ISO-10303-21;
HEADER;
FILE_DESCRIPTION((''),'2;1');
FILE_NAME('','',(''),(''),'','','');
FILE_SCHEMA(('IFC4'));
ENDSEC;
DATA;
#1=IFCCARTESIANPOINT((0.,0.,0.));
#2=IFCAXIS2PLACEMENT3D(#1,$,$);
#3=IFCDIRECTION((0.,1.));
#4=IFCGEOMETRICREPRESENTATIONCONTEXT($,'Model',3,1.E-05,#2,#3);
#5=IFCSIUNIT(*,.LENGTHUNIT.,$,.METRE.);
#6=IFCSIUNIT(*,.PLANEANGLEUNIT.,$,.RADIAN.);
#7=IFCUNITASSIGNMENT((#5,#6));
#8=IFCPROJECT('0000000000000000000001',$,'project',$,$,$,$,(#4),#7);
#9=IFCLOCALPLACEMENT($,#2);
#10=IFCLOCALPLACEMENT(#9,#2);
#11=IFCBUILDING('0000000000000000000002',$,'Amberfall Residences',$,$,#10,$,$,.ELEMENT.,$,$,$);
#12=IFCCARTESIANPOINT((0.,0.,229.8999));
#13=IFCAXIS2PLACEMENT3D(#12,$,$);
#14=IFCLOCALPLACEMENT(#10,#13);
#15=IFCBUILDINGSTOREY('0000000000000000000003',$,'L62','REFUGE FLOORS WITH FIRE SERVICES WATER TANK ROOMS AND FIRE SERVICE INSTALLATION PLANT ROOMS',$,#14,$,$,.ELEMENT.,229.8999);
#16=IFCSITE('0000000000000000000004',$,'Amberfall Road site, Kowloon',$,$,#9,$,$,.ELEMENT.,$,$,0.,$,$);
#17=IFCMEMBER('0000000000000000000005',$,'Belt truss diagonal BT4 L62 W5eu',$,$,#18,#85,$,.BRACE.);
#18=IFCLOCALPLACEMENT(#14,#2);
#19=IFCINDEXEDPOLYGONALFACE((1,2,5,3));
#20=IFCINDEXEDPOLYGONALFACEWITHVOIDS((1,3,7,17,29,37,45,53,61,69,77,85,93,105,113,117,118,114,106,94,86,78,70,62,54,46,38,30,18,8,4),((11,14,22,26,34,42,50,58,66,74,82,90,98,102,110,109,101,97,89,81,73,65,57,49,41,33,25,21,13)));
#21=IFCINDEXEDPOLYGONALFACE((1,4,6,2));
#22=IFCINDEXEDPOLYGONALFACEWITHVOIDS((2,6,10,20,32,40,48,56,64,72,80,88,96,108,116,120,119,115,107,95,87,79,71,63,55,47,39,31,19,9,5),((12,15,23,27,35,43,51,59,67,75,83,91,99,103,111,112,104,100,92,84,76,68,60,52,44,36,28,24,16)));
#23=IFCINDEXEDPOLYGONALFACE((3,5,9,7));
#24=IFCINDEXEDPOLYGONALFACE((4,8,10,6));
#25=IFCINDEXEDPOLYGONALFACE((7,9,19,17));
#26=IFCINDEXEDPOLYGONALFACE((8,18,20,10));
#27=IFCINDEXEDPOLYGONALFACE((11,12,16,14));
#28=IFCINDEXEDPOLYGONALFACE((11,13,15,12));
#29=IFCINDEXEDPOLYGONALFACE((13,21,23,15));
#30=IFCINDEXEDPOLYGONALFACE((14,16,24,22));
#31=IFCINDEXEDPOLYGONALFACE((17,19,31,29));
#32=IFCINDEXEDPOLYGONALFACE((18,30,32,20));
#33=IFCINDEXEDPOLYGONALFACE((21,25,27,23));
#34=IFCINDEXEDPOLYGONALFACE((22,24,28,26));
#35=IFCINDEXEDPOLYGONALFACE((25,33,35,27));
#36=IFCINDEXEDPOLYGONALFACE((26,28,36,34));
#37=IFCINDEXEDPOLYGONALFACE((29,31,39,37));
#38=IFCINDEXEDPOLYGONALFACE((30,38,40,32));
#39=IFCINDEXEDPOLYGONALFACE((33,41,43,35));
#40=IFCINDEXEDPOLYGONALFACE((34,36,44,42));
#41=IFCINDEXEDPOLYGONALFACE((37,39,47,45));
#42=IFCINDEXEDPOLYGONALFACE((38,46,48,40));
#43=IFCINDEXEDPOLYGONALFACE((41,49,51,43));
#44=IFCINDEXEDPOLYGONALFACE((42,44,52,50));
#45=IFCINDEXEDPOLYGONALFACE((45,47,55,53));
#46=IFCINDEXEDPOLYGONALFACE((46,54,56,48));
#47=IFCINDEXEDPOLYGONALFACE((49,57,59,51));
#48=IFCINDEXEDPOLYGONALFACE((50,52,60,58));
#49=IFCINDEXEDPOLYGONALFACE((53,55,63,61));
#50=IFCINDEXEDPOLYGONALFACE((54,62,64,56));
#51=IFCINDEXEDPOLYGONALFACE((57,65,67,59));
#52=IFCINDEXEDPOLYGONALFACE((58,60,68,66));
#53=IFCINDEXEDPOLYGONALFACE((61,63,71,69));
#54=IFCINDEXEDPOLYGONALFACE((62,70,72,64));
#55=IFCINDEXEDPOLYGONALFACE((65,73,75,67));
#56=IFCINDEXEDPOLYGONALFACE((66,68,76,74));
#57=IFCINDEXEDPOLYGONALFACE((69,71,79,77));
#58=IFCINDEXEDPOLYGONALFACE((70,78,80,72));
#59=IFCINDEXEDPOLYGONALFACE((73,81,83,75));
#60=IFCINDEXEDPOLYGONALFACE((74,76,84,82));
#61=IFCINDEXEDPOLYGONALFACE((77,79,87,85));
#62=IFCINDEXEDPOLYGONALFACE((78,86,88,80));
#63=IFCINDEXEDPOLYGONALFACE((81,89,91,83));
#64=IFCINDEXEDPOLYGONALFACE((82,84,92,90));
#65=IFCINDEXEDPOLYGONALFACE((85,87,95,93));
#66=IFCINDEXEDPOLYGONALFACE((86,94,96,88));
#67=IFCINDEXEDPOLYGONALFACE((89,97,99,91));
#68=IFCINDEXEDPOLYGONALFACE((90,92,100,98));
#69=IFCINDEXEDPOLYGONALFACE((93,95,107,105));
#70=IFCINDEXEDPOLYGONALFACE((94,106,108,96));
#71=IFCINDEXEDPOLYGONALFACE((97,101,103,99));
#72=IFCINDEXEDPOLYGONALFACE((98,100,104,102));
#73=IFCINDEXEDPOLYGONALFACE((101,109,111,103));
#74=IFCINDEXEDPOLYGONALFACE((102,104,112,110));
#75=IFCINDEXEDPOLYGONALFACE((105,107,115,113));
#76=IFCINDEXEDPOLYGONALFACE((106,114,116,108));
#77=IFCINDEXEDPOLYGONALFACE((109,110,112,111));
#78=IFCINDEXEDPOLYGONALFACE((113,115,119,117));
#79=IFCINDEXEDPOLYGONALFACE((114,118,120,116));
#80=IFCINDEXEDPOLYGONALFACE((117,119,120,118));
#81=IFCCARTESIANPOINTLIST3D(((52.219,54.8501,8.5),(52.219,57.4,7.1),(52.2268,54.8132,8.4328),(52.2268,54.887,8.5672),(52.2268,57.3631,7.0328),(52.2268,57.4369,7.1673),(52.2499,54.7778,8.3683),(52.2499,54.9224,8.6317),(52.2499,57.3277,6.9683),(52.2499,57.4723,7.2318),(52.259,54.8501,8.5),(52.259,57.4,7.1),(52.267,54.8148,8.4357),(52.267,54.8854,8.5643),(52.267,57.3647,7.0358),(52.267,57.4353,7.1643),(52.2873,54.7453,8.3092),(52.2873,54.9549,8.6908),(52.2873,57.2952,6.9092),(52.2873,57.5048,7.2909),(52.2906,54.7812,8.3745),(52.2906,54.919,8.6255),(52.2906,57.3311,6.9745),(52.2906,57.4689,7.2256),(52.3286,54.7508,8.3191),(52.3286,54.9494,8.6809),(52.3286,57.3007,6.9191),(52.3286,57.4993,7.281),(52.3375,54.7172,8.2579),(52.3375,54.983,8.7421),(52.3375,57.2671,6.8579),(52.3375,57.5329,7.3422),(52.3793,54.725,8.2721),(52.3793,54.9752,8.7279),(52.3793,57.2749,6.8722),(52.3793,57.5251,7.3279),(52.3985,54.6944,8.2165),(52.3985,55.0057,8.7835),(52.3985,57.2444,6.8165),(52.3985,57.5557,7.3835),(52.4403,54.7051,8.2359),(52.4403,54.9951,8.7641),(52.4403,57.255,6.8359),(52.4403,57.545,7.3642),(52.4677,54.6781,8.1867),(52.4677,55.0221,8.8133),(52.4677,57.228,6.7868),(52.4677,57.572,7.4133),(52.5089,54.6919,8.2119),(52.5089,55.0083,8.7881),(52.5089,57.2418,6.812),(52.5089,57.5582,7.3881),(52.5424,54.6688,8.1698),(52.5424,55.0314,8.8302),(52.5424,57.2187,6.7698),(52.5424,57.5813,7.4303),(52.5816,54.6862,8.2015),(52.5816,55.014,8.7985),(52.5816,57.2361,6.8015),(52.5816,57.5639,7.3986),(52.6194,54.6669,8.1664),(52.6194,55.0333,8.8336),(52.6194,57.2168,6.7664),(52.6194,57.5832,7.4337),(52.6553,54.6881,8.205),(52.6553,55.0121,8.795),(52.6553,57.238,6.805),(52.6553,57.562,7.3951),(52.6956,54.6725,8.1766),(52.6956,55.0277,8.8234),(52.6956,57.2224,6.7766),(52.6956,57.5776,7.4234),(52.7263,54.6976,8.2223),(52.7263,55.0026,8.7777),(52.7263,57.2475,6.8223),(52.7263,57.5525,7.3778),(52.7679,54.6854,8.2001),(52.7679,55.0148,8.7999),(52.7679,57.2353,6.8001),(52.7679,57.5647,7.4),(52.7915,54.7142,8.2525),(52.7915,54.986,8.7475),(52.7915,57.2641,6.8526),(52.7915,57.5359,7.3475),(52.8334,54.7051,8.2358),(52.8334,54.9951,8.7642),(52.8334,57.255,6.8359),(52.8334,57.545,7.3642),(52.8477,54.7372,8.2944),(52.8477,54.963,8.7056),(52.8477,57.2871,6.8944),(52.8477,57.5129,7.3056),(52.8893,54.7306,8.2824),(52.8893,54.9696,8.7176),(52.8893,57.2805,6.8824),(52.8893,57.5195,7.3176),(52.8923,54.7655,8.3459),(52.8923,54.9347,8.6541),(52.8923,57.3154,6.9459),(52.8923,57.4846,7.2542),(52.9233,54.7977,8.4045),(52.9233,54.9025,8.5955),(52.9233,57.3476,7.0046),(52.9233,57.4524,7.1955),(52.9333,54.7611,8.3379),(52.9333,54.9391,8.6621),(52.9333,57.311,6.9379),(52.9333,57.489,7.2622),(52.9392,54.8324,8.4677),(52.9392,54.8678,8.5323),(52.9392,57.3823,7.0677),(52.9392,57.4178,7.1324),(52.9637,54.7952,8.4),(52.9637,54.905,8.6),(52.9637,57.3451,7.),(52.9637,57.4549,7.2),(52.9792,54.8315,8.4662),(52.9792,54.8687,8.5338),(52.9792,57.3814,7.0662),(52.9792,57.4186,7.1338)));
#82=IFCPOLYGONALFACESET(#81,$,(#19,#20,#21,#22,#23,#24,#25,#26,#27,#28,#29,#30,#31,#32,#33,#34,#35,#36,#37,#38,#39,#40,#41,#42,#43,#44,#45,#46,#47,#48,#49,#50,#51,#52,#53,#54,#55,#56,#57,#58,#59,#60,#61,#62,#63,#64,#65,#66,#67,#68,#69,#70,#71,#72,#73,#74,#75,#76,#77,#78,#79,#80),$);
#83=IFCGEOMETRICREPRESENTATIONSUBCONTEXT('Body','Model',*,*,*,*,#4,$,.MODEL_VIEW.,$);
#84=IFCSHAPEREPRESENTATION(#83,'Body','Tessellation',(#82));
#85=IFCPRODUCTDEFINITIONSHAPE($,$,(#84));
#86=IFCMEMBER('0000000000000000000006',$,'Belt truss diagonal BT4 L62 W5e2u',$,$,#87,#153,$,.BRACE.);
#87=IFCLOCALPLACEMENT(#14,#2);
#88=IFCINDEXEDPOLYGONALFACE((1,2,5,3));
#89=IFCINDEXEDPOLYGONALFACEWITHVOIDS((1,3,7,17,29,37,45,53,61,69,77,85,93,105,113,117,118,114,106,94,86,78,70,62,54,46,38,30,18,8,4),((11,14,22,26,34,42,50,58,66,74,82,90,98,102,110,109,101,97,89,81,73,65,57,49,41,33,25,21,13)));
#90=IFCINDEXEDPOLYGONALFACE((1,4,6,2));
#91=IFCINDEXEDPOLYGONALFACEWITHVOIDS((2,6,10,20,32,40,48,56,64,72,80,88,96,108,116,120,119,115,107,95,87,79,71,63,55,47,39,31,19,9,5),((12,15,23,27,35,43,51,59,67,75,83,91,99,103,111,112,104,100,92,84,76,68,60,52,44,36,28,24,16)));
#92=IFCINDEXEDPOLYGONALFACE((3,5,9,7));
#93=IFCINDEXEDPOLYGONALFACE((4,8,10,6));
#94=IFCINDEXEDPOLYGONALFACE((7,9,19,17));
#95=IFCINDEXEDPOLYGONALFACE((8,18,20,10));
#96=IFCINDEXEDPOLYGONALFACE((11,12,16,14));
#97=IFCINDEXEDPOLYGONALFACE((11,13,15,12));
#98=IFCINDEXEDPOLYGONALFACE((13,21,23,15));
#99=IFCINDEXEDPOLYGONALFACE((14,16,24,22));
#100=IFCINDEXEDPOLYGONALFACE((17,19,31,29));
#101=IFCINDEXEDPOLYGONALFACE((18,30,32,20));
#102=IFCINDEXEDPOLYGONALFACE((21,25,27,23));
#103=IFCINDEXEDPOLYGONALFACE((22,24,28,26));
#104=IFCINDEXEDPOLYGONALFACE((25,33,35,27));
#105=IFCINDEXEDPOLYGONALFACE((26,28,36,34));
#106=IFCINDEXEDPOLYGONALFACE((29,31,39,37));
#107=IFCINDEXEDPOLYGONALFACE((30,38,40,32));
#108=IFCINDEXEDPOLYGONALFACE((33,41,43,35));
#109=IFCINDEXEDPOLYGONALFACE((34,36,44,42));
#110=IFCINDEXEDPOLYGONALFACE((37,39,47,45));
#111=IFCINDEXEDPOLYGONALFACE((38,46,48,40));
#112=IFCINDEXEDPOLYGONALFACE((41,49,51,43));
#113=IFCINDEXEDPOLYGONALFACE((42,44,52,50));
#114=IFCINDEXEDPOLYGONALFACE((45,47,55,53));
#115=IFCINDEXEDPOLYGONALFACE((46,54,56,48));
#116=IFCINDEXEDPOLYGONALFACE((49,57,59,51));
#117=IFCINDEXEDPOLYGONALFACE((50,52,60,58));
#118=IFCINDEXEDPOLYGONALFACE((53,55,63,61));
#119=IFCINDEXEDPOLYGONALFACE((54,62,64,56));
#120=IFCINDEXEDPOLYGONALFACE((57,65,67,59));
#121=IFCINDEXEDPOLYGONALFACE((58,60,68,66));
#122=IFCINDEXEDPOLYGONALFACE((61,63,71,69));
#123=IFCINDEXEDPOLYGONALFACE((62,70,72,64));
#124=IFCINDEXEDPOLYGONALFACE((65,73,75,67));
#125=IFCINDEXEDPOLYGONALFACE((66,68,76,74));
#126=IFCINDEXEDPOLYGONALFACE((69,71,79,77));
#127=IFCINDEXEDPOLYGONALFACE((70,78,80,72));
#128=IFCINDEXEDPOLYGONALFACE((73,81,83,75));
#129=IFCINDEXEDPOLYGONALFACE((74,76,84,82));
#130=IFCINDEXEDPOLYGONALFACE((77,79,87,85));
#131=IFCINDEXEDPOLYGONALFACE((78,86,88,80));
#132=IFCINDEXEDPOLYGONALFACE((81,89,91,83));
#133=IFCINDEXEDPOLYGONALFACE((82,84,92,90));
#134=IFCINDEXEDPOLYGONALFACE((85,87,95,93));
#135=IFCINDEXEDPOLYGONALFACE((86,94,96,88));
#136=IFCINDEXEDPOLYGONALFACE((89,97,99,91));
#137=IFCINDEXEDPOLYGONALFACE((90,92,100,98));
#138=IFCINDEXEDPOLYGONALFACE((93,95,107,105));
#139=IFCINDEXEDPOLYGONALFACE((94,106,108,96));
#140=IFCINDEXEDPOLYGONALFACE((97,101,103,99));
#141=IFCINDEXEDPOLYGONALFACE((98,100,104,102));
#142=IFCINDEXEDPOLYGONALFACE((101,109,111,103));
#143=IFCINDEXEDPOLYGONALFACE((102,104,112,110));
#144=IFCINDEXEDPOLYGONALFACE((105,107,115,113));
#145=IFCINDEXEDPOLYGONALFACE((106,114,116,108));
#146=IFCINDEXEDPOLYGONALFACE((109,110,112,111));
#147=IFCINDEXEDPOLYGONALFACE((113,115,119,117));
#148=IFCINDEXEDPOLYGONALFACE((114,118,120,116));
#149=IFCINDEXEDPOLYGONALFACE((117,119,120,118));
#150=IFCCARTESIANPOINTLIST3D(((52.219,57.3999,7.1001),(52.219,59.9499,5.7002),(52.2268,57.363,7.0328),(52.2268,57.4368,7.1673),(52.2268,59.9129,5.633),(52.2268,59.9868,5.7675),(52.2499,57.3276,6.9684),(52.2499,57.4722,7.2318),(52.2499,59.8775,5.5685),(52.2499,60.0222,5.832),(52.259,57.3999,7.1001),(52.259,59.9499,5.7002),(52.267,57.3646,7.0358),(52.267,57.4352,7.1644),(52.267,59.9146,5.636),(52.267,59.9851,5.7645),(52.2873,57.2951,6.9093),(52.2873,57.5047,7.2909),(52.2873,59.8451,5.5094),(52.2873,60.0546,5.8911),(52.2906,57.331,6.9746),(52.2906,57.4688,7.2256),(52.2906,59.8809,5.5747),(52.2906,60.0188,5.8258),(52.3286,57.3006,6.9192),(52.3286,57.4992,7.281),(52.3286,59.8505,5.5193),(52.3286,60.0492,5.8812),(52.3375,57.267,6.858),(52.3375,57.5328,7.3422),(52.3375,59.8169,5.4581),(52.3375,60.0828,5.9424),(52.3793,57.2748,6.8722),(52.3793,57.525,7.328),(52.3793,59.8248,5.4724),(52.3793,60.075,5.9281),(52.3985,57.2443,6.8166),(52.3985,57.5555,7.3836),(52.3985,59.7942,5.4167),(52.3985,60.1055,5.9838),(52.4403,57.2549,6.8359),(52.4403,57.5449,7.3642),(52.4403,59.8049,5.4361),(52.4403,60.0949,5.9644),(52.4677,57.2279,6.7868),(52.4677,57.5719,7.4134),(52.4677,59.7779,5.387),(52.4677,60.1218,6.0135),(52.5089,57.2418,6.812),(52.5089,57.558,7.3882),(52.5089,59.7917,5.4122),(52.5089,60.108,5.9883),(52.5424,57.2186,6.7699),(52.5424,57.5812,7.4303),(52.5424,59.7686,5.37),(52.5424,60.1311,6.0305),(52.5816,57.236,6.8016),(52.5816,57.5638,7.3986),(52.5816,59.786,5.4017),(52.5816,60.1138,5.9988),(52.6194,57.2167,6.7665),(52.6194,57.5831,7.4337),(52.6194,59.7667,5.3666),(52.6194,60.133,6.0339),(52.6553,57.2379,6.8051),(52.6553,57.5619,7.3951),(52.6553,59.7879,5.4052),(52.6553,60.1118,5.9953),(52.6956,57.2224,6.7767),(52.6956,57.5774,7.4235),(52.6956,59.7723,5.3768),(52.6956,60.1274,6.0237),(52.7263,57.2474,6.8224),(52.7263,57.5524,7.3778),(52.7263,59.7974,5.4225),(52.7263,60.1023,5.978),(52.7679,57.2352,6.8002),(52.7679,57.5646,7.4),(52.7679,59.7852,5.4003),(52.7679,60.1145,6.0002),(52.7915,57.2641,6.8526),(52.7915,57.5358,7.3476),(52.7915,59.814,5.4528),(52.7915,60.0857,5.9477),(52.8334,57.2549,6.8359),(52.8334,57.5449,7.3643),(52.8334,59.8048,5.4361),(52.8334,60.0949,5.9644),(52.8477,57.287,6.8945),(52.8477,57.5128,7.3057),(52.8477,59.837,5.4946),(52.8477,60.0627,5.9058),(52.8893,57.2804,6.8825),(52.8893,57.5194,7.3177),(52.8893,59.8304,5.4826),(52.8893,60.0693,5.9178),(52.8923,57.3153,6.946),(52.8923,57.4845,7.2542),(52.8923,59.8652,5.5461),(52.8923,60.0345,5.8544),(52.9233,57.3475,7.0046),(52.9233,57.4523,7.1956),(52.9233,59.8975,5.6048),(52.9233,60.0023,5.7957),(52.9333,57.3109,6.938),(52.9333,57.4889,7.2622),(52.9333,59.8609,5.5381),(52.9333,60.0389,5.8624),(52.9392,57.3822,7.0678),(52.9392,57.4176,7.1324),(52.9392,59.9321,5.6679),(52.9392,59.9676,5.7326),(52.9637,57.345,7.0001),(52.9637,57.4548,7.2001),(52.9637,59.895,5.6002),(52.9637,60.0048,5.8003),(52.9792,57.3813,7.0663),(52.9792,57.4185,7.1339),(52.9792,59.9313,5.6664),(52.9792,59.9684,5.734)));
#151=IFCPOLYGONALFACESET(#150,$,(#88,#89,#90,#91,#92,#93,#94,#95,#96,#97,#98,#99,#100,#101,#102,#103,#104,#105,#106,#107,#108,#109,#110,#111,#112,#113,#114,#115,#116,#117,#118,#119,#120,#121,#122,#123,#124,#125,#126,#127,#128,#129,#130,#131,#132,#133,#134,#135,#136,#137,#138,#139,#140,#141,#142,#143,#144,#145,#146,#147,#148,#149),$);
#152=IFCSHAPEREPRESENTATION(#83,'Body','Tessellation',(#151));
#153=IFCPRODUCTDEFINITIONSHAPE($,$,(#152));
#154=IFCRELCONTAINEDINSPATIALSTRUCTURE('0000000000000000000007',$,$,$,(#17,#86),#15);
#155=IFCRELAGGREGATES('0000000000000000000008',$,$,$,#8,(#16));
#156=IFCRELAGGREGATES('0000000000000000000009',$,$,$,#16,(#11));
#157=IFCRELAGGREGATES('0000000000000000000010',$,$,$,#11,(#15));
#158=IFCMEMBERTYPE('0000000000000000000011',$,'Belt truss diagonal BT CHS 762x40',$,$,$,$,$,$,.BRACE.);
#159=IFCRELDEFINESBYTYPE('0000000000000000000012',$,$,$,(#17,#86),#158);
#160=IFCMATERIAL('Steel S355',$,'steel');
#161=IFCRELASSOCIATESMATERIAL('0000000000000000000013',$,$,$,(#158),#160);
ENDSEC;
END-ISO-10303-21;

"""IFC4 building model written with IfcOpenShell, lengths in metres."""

from ifc_helpers import new_model, si_unit, direction, frame, origin, origin_2d, place, context, subcontext, project, spatial, hollow_circle, extrude, material, material_profile, profile_set, type_object, element, save


model = new_model("IFC4")

# Units and contexts
model_context = context("Model", 3, precision=1e-05, world=origin(), true_north=direction((0.0, 1.0)))
body_context = subcontext(model_context, "Body", "Model", "MODEL_VIEW")
ifc_project = project(units=[si_unit("LENGTHUNIT", "METRE"), si_unit("PLANEANGLEUNIT", "RADIAN")], contexts=[model_context])

# Site, building, storey
site_placement = place(None, origin())
site = spatial("IfcSite", under=ifc_project, at=site_placement, Name="Amberfall Road site, Kowloon", CompositionType="ELEMENT", RefElevation=0.0)
building_placement = place(site_placement, origin())
building = spatial("IfcBuilding", under=site, at=building_placement, Name="Amberfall Residences", CompositionType="ELEMENT")
storey_placement = place(building_placement, frame((0.0, 0.0, 229.8999)))
storey = spatial("IfcBuildingStorey", under=building, at=storey_placement, Name="L62", Description="REFUGE FLOORS WITH FIRE SERVICES WATER TANK ROOMS AND FIRE SERVICE INSTALLATION PLANT ROOMS", CompositionType="ELEMENT", Elevation=229.8999)

# Shared definitions
ifc_material_1 = material(Name="Steel S355", Category="steel")

# Members
ifc_material_profile_1 = material_profile(ifc_material_1, hollow_circle(Radius=0.3811, WallThickness=0.04, at=origin_2d()), Name="CHS 762x40")
ifc_profile_set_1 = profile_set([ifc_material_profile_1], Name="Steel S355")
member_type_1 = type_object("IfcMemberType", Name="Belt truss diagonal BT CHS 762x40", PredefinedType="BRACE", material=ifc_profile_set_1)
for number, where, z_axis, x_axis, name in (
    (1, (52.6001, 54.8501, 8.5), (0.0, 0.876577, -0.481261), (-1.0, 0.0, 0.0), "Belt truss diagonal BT4 L62 W5eu"),
    (2, (52.6001, 57.3999, 7.1001), (0.0, 0.876597, -0.481226), (-1.0, 0.0, 0.0), "Belt truss diagonal BT4 L62 W5e2u"),
):
    element("IfcMember", number, at=place(storey_placement, frame(where, z_axis=z_axis, x_axis=x_axis)), inside=storey, type_object=member_type_1, Name=name, PredefinedType="BRACE", context=body_context, shape_type="SweptSolid", body=[
        extrude(hollow_circle(Radius=0.3811, WallThickness=0.04, at=origin_2d()), origin(), (0.0, 0.0, 1.0), 2.9089),
    ])

save(model, "model.ifc")
